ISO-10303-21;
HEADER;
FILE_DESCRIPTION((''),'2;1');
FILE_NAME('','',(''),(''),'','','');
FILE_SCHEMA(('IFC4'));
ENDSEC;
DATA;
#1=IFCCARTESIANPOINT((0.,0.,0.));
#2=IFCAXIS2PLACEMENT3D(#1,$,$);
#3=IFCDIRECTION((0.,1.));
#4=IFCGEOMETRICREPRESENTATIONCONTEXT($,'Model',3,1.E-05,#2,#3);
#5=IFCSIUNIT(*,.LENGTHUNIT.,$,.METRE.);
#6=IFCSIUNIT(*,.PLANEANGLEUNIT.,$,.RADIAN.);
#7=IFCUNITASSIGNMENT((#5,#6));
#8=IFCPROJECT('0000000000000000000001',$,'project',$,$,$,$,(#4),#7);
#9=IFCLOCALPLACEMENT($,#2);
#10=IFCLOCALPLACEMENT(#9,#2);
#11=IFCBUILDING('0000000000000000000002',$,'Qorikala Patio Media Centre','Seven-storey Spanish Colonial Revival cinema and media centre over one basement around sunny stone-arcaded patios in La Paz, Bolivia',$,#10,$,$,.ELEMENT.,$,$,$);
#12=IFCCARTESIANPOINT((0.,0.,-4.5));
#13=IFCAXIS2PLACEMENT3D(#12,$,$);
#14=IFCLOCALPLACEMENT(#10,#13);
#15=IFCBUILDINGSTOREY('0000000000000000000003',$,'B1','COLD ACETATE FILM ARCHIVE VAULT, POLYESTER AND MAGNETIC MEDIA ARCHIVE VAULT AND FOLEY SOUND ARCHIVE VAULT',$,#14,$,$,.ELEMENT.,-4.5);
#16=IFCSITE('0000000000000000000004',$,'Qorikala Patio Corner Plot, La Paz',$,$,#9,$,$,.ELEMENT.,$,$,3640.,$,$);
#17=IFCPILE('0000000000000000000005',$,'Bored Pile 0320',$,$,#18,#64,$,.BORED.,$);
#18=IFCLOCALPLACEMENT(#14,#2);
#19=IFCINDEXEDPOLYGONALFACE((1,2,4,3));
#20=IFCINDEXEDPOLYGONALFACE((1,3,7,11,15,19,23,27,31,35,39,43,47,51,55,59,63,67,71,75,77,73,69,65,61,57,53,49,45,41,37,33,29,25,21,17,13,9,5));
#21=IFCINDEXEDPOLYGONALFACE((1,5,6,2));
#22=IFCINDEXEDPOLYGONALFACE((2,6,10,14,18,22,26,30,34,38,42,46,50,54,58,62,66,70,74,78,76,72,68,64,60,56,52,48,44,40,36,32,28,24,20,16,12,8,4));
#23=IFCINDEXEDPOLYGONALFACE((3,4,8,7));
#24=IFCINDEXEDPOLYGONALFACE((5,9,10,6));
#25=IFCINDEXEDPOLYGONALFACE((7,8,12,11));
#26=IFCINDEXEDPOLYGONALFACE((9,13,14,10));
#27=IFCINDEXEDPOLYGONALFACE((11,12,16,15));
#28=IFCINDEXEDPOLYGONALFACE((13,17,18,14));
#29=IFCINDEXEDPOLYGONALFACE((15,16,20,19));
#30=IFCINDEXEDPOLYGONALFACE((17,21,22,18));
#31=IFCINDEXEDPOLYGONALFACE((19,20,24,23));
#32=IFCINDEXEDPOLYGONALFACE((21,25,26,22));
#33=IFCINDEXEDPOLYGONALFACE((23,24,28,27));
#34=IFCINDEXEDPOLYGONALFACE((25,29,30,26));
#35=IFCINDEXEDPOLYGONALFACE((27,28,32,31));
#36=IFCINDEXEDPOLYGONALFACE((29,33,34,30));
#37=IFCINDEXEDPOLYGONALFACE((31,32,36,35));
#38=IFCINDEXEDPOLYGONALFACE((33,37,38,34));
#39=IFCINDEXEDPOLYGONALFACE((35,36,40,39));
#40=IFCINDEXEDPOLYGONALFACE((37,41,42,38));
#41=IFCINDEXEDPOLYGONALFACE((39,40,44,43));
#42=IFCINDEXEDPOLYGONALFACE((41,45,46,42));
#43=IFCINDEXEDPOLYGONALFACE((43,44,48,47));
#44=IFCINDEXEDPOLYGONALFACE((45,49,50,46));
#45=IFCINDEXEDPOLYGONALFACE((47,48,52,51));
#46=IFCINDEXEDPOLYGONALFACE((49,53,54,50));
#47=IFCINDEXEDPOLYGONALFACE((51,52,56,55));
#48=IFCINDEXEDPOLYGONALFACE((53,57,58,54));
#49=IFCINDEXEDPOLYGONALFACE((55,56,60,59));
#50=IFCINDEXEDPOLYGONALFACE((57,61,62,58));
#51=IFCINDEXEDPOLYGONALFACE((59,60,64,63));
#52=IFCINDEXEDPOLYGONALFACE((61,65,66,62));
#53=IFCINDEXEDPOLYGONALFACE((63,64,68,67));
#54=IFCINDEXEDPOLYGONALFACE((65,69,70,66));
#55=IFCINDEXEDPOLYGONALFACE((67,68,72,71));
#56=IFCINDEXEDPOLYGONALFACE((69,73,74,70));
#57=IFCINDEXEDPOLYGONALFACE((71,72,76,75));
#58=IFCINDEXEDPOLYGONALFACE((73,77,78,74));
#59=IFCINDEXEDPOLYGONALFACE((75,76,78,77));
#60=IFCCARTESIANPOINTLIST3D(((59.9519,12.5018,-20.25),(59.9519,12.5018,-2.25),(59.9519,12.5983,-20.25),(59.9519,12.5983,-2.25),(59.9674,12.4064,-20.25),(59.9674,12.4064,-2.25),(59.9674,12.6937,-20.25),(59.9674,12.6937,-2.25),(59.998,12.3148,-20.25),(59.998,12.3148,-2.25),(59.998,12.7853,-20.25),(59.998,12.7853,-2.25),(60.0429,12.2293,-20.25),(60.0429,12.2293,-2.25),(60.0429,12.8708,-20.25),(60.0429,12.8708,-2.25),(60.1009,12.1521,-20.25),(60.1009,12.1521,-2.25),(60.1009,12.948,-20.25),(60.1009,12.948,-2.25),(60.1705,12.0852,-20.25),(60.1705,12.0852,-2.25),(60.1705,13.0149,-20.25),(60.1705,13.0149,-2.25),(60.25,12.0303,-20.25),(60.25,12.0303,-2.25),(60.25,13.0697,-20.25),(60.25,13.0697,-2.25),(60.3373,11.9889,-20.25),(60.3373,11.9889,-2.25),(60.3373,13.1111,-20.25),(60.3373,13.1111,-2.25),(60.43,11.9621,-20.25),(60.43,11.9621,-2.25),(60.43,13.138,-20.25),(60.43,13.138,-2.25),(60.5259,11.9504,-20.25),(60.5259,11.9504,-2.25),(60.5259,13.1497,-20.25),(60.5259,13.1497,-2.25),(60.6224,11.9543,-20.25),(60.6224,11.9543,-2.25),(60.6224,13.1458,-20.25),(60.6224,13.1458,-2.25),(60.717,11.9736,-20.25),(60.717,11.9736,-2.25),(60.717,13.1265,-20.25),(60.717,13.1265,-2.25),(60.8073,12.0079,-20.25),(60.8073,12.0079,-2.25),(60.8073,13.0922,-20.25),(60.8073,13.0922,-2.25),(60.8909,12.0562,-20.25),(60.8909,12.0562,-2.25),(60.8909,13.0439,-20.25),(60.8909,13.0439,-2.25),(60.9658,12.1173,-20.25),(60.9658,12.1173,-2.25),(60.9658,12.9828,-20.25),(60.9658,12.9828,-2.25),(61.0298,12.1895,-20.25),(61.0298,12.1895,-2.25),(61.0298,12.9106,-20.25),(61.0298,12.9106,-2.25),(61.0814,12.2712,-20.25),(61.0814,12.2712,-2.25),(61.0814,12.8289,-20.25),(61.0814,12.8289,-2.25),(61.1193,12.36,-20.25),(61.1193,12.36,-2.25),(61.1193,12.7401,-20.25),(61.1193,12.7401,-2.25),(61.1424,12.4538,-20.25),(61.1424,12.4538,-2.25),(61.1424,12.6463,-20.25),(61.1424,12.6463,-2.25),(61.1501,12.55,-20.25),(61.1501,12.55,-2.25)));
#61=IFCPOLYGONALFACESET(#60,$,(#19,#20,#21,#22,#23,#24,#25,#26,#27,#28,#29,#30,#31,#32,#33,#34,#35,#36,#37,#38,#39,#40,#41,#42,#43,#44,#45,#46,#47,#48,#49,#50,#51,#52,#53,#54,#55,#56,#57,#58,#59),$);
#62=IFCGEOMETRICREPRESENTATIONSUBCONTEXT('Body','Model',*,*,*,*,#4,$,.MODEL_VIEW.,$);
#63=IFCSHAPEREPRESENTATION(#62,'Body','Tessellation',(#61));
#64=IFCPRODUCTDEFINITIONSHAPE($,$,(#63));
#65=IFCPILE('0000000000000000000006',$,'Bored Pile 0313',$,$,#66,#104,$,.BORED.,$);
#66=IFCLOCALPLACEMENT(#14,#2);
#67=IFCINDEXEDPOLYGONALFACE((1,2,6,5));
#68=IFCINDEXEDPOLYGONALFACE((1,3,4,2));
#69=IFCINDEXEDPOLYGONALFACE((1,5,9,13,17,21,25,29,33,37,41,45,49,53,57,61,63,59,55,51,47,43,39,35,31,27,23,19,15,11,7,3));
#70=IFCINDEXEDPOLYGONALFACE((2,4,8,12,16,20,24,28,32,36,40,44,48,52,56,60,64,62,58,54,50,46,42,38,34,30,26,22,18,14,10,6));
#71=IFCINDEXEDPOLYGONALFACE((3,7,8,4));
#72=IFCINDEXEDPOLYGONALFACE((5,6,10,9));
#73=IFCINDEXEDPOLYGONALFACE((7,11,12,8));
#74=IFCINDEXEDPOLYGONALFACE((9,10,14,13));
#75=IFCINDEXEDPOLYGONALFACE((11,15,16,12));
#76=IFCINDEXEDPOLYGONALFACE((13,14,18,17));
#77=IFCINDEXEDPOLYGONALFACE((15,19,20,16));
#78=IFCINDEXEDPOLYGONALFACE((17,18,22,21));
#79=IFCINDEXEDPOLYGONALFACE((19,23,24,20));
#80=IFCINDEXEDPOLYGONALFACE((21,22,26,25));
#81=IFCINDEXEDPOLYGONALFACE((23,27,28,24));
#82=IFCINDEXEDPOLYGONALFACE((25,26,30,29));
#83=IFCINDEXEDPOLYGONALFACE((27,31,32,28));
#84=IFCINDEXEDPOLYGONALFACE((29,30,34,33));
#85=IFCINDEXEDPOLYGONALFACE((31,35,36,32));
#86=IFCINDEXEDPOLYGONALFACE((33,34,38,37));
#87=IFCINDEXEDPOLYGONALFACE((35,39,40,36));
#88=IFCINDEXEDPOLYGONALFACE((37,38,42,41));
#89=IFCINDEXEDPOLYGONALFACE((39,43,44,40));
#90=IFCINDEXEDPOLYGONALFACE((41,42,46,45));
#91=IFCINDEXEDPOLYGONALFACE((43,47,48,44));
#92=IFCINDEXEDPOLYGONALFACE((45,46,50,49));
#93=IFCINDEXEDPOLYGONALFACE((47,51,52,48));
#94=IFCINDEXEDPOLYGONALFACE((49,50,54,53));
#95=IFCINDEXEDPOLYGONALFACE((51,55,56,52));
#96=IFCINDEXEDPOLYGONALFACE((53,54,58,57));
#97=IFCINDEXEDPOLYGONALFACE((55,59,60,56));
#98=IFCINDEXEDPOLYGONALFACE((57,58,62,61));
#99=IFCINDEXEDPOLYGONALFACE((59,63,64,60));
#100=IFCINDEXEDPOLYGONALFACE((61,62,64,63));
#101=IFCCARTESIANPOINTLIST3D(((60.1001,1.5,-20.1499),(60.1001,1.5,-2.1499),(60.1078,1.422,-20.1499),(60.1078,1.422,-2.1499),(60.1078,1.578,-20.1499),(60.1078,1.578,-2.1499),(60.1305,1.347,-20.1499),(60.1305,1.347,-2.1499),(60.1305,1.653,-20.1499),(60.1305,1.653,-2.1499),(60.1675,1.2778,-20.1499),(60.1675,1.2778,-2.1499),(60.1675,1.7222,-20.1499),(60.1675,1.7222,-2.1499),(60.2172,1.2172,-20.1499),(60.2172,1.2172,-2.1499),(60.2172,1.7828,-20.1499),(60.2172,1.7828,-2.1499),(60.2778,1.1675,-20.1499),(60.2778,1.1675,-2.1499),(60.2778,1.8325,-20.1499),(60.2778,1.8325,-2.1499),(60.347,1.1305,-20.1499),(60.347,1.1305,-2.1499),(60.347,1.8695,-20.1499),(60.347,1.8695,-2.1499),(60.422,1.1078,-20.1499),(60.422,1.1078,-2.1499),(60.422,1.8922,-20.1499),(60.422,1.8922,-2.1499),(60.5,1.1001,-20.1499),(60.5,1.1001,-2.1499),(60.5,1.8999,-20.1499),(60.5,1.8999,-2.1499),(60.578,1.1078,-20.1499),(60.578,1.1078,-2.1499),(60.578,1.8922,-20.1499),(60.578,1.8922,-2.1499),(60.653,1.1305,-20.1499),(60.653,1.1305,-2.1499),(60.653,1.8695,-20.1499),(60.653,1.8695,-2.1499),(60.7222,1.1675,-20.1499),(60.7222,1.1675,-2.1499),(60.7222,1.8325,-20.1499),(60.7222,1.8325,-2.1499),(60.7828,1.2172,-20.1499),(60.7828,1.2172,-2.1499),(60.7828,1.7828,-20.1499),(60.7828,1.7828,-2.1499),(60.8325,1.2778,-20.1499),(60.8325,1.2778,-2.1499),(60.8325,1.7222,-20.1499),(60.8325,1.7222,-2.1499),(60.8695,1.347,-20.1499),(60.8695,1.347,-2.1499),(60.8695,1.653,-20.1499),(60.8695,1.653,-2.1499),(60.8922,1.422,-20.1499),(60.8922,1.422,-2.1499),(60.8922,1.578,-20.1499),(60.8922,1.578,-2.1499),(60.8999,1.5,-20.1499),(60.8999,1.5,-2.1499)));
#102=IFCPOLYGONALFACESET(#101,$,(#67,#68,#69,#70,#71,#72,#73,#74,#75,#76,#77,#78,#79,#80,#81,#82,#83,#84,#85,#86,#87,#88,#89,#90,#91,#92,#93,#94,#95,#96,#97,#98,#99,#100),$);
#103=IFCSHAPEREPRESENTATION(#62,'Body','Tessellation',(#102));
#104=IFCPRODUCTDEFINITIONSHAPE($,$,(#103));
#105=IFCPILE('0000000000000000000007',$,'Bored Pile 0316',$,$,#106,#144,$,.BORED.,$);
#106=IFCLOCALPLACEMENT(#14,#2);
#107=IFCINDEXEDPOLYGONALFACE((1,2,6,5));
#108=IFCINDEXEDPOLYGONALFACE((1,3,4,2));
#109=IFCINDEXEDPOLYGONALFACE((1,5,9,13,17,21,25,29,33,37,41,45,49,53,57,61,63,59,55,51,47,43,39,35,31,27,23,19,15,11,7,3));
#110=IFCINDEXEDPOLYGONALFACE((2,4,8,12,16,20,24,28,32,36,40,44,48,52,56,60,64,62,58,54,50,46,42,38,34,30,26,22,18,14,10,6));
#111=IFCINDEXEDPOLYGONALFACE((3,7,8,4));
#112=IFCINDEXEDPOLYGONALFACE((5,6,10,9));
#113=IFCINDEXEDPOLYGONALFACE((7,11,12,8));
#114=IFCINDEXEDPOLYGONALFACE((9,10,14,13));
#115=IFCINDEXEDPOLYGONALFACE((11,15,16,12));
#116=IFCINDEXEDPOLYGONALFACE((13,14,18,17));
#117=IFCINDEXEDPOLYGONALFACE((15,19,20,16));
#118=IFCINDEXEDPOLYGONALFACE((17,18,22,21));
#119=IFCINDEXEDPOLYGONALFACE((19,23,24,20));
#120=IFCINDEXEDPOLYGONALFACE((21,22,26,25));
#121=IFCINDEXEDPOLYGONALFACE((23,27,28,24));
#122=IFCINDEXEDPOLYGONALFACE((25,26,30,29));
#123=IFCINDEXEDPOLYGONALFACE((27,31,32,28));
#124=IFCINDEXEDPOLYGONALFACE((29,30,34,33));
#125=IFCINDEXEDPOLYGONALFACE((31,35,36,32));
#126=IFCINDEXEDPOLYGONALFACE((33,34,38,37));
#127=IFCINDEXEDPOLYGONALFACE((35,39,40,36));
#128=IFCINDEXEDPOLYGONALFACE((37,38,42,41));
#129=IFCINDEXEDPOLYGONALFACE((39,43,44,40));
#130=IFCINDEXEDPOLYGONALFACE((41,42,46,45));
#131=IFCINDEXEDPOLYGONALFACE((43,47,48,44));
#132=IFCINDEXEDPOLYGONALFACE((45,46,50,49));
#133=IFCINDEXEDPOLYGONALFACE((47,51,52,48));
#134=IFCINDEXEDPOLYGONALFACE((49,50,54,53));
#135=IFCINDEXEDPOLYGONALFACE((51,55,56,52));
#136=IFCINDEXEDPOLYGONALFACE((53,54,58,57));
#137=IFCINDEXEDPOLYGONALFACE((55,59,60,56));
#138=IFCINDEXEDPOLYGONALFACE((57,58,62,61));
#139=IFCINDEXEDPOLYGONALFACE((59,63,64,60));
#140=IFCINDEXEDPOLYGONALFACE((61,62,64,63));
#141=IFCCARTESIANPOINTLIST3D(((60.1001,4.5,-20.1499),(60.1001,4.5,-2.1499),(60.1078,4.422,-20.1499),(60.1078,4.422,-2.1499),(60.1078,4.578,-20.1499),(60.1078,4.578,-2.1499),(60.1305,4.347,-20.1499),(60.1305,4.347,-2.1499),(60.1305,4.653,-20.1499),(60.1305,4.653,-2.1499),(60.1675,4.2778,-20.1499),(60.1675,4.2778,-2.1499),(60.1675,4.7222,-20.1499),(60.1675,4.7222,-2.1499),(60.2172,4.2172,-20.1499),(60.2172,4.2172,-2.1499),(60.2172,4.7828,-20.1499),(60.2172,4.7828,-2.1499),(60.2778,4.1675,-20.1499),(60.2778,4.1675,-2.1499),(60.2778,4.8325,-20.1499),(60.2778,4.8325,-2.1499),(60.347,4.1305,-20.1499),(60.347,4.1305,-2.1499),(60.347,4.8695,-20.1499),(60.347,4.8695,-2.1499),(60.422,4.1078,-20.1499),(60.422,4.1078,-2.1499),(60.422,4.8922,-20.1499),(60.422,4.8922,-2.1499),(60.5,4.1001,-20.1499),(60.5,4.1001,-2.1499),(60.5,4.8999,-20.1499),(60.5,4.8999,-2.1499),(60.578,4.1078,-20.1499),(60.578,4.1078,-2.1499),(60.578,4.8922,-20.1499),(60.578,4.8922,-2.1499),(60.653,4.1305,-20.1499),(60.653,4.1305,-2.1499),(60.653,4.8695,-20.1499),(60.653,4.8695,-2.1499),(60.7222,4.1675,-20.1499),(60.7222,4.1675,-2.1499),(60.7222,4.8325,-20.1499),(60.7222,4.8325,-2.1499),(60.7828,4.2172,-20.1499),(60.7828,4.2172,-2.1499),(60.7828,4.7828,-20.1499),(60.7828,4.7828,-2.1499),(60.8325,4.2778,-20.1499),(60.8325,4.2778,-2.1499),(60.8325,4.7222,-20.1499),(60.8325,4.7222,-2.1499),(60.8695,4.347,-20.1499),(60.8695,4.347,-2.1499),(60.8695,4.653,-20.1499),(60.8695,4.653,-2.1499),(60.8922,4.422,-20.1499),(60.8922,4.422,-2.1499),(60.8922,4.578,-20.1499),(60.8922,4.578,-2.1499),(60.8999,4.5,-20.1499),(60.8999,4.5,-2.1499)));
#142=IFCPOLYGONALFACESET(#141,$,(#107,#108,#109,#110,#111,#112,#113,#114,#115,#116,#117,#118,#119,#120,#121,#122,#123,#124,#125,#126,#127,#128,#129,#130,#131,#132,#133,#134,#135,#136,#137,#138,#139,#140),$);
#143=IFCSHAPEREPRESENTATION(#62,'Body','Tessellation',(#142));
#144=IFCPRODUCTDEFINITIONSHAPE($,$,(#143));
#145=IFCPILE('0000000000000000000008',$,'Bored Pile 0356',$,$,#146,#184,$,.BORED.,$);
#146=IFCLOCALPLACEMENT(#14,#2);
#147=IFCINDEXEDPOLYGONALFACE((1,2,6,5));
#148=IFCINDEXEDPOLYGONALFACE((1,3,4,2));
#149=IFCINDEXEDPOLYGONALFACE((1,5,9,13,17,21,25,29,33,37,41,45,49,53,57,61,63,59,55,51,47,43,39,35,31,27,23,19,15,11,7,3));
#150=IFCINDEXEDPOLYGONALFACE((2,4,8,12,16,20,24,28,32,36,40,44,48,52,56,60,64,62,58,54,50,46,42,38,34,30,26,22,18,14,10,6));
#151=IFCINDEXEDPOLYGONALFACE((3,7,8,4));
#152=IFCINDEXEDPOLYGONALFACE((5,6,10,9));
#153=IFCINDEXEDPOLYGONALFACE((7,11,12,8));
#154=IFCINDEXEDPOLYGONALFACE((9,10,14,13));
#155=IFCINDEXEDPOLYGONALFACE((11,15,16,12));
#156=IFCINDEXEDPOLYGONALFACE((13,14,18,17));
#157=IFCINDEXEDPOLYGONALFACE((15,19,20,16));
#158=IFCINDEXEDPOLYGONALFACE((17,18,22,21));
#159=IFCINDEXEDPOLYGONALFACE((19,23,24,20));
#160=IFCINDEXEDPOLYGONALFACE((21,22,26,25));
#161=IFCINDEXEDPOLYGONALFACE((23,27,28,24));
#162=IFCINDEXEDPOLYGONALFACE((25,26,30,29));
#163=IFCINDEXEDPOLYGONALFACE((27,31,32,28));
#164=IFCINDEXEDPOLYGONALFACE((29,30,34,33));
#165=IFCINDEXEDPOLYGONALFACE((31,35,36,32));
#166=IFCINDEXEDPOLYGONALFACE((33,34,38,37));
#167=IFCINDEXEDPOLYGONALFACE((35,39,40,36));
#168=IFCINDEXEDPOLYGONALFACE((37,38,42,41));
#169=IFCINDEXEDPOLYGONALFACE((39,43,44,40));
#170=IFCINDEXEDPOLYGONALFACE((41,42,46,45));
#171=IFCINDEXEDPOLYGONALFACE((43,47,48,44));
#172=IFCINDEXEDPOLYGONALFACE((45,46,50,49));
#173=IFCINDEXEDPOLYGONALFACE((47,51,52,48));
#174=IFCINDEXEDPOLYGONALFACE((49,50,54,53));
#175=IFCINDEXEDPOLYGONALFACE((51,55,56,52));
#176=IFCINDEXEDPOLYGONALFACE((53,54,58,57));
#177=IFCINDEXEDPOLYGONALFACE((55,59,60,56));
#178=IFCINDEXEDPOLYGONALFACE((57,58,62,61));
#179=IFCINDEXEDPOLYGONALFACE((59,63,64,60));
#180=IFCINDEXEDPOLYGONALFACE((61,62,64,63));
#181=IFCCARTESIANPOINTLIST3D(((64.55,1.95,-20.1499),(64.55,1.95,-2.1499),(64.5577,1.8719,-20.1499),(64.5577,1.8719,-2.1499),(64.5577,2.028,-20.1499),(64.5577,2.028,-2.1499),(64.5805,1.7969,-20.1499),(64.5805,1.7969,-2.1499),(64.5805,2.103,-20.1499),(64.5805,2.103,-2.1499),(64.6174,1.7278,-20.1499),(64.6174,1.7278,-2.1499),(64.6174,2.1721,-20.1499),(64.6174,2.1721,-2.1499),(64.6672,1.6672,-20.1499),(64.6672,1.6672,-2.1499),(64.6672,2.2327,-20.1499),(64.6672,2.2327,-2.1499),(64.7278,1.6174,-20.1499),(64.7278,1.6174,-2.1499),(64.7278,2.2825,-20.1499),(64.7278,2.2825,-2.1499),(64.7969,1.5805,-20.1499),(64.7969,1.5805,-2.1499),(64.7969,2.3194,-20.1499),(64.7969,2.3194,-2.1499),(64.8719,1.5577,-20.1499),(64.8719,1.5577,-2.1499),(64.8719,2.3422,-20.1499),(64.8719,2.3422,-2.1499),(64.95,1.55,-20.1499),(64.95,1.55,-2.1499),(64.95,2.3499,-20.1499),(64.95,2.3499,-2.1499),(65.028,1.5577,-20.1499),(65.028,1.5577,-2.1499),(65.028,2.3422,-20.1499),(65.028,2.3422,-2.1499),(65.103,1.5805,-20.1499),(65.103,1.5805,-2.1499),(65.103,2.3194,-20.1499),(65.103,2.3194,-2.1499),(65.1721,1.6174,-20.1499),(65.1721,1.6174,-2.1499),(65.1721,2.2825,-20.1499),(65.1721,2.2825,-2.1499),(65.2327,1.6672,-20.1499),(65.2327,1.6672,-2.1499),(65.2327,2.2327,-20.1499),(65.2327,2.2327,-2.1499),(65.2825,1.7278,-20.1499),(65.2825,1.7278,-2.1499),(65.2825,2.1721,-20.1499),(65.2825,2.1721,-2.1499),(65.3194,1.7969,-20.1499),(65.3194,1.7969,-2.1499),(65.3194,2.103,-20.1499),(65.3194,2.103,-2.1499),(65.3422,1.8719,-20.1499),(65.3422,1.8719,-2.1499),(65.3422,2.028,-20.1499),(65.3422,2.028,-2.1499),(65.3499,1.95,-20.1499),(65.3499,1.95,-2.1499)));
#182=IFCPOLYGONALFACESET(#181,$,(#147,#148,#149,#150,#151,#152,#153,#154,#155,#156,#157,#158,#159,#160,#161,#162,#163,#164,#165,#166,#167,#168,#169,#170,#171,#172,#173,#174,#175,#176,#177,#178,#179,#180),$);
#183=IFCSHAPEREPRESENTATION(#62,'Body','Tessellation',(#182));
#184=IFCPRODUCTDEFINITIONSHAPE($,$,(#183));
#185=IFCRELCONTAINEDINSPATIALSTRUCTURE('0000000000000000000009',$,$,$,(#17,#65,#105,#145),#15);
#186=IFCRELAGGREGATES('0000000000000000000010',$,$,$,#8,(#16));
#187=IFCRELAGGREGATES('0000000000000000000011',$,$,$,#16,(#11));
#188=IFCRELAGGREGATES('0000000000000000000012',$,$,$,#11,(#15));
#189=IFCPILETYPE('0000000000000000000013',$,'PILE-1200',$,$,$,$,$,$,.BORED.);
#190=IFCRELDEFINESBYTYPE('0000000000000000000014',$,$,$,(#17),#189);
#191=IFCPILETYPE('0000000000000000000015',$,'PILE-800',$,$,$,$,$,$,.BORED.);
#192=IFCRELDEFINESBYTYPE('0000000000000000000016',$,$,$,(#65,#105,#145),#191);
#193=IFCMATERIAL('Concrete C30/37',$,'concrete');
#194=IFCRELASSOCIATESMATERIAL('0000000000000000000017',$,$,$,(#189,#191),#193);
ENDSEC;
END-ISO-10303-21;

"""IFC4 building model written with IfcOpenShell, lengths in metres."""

from ifc_helpers import new_model, si_unit, direction, frame, origin, origin_2d, place, context, subcontext, project, spatial, circle, extrude, material, material_profile, profile_set, type_object, element, save


model = new_model("IFC4")

# Units and contexts
model_context = context("Model", 3, precision=1e-05, world=origin(), true_north=direction((0.0, 1.0)))
body_context = subcontext(model_context, "Body", "Model", "MODEL_VIEW")
ifc_project = project(units=[si_unit("LENGTHUNIT", "METRE"), si_unit("PLANEANGLEUNIT", "RADIAN")], contexts=[model_context])

# Site, building, storey
site_placement = place(None, origin())
site = spatial("IfcSite", under=ifc_project, at=site_placement, Name="Qorikala Patio Corner Plot, La Paz", CompositionType="ELEMENT", RefElevation=3640.0)
building_placement = place(site_placement, origin())
building = spatial("IfcBuilding", under=site, at=building_placement, Name="Qorikala Patio Media Centre", Description="Seven-storey Spanish Colonial Revival cinema and media centre over one basement around sunny stone-arcaded patios in La Paz, Bolivia", CompositionType="ELEMENT")
storey_placement = place(building_placement, frame((0.0, 0.0, -4.5)))
storey = spatial("IfcBuildingStorey", under=building, at=storey_placement, Name="B1", Description="COLD ACETATE FILM ARCHIVE VAULT, POLYESTER AND MAGNETIC MEDIA ARCHIVE VAULT AND FOLEY SOUND ARCHIVE VAULT", CompositionType="ELEMENT", Elevation=-4.5)

# Shared definitions
ifc_material_1 = material(Name="Concrete C30/37", Category="concrete")

# Piles
ifc_material_profile_1 = material_profile(ifc_material_1, circle(Radius=0.6001, at=origin_2d()), Name="BORED PILE 1200")
ifc_profile_set_1 = profile_set([ifc_material_profile_1], Name="Concrete C30/37")
pile_type_1 = type_object("IfcPileType", Name="PILE-1200", PredefinedType="BORED", material=ifc_profile_set_1)
for number, where, z_axis, x_axis, name in (
    (1, (60.55, 12.55, -2.25), (0.0, 0.0, -1.0), (1.0, 0.0, 0.0), "Bored Pile 0320"),
):
    element("IfcPile", number, at=place(storey_placement, frame(where, z_axis=z_axis, x_axis=x_axis)), inside=storey, type_object=pile_type_1, Name=name, PredefinedType="BORED", context=body_context, shape_type="SweptSolid", body=[
        extrude(circle(Radius=0.6001, at=origin_2d()), origin(), (0.0, 0.0, 1.0), 18.0),
    ])
ifc_material_profile_2 = material_profile(ifc_material_1, circle(Radius=0.3999, at=origin_2d()), Name="BORED PILE 800")
ifc_profile_set_2 = profile_set([ifc_material_profile_2], Name="Concrete C30/37")
pile_type_2 = type_object("IfcPileType", Name="PILE-800", PredefinedType="BORED", material=ifc_profile_set_2)
for number, where, z_axis, x_axis, name in (
    (2, (60.5, 1.5, -2.1499), (0.0, 0.0, -1.0), (1.0, 0.0, 0.0), "Bored Pile 0313"),
    (3, (60.5, 4.5, -2.1499), (0.0, 0.0, -1.0), (1.0, 0.0, 0.0), "Bored Pile 0316"),
    (4, (64.95, 1.95, -2.1499), (0.0, 0.0, -1.0), (1.0, 0.0, 0.0), "Bored Pile 0356"),
):
    element("IfcPile", number, at=place(storey_placement, frame(where, z_axis=z_axis, x_axis=x_axis)), inside=storey, type_object=pile_type_2, Name=name, PredefinedType="BORED", context=body_context, shape_type="SweptSolid", body=[
        extrude(circle(Radius=0.3999, at=origin_2d()), origin(), (0.0, 0.0, 1.0), 18.0),
    ])

save(model, "model.ifc")
